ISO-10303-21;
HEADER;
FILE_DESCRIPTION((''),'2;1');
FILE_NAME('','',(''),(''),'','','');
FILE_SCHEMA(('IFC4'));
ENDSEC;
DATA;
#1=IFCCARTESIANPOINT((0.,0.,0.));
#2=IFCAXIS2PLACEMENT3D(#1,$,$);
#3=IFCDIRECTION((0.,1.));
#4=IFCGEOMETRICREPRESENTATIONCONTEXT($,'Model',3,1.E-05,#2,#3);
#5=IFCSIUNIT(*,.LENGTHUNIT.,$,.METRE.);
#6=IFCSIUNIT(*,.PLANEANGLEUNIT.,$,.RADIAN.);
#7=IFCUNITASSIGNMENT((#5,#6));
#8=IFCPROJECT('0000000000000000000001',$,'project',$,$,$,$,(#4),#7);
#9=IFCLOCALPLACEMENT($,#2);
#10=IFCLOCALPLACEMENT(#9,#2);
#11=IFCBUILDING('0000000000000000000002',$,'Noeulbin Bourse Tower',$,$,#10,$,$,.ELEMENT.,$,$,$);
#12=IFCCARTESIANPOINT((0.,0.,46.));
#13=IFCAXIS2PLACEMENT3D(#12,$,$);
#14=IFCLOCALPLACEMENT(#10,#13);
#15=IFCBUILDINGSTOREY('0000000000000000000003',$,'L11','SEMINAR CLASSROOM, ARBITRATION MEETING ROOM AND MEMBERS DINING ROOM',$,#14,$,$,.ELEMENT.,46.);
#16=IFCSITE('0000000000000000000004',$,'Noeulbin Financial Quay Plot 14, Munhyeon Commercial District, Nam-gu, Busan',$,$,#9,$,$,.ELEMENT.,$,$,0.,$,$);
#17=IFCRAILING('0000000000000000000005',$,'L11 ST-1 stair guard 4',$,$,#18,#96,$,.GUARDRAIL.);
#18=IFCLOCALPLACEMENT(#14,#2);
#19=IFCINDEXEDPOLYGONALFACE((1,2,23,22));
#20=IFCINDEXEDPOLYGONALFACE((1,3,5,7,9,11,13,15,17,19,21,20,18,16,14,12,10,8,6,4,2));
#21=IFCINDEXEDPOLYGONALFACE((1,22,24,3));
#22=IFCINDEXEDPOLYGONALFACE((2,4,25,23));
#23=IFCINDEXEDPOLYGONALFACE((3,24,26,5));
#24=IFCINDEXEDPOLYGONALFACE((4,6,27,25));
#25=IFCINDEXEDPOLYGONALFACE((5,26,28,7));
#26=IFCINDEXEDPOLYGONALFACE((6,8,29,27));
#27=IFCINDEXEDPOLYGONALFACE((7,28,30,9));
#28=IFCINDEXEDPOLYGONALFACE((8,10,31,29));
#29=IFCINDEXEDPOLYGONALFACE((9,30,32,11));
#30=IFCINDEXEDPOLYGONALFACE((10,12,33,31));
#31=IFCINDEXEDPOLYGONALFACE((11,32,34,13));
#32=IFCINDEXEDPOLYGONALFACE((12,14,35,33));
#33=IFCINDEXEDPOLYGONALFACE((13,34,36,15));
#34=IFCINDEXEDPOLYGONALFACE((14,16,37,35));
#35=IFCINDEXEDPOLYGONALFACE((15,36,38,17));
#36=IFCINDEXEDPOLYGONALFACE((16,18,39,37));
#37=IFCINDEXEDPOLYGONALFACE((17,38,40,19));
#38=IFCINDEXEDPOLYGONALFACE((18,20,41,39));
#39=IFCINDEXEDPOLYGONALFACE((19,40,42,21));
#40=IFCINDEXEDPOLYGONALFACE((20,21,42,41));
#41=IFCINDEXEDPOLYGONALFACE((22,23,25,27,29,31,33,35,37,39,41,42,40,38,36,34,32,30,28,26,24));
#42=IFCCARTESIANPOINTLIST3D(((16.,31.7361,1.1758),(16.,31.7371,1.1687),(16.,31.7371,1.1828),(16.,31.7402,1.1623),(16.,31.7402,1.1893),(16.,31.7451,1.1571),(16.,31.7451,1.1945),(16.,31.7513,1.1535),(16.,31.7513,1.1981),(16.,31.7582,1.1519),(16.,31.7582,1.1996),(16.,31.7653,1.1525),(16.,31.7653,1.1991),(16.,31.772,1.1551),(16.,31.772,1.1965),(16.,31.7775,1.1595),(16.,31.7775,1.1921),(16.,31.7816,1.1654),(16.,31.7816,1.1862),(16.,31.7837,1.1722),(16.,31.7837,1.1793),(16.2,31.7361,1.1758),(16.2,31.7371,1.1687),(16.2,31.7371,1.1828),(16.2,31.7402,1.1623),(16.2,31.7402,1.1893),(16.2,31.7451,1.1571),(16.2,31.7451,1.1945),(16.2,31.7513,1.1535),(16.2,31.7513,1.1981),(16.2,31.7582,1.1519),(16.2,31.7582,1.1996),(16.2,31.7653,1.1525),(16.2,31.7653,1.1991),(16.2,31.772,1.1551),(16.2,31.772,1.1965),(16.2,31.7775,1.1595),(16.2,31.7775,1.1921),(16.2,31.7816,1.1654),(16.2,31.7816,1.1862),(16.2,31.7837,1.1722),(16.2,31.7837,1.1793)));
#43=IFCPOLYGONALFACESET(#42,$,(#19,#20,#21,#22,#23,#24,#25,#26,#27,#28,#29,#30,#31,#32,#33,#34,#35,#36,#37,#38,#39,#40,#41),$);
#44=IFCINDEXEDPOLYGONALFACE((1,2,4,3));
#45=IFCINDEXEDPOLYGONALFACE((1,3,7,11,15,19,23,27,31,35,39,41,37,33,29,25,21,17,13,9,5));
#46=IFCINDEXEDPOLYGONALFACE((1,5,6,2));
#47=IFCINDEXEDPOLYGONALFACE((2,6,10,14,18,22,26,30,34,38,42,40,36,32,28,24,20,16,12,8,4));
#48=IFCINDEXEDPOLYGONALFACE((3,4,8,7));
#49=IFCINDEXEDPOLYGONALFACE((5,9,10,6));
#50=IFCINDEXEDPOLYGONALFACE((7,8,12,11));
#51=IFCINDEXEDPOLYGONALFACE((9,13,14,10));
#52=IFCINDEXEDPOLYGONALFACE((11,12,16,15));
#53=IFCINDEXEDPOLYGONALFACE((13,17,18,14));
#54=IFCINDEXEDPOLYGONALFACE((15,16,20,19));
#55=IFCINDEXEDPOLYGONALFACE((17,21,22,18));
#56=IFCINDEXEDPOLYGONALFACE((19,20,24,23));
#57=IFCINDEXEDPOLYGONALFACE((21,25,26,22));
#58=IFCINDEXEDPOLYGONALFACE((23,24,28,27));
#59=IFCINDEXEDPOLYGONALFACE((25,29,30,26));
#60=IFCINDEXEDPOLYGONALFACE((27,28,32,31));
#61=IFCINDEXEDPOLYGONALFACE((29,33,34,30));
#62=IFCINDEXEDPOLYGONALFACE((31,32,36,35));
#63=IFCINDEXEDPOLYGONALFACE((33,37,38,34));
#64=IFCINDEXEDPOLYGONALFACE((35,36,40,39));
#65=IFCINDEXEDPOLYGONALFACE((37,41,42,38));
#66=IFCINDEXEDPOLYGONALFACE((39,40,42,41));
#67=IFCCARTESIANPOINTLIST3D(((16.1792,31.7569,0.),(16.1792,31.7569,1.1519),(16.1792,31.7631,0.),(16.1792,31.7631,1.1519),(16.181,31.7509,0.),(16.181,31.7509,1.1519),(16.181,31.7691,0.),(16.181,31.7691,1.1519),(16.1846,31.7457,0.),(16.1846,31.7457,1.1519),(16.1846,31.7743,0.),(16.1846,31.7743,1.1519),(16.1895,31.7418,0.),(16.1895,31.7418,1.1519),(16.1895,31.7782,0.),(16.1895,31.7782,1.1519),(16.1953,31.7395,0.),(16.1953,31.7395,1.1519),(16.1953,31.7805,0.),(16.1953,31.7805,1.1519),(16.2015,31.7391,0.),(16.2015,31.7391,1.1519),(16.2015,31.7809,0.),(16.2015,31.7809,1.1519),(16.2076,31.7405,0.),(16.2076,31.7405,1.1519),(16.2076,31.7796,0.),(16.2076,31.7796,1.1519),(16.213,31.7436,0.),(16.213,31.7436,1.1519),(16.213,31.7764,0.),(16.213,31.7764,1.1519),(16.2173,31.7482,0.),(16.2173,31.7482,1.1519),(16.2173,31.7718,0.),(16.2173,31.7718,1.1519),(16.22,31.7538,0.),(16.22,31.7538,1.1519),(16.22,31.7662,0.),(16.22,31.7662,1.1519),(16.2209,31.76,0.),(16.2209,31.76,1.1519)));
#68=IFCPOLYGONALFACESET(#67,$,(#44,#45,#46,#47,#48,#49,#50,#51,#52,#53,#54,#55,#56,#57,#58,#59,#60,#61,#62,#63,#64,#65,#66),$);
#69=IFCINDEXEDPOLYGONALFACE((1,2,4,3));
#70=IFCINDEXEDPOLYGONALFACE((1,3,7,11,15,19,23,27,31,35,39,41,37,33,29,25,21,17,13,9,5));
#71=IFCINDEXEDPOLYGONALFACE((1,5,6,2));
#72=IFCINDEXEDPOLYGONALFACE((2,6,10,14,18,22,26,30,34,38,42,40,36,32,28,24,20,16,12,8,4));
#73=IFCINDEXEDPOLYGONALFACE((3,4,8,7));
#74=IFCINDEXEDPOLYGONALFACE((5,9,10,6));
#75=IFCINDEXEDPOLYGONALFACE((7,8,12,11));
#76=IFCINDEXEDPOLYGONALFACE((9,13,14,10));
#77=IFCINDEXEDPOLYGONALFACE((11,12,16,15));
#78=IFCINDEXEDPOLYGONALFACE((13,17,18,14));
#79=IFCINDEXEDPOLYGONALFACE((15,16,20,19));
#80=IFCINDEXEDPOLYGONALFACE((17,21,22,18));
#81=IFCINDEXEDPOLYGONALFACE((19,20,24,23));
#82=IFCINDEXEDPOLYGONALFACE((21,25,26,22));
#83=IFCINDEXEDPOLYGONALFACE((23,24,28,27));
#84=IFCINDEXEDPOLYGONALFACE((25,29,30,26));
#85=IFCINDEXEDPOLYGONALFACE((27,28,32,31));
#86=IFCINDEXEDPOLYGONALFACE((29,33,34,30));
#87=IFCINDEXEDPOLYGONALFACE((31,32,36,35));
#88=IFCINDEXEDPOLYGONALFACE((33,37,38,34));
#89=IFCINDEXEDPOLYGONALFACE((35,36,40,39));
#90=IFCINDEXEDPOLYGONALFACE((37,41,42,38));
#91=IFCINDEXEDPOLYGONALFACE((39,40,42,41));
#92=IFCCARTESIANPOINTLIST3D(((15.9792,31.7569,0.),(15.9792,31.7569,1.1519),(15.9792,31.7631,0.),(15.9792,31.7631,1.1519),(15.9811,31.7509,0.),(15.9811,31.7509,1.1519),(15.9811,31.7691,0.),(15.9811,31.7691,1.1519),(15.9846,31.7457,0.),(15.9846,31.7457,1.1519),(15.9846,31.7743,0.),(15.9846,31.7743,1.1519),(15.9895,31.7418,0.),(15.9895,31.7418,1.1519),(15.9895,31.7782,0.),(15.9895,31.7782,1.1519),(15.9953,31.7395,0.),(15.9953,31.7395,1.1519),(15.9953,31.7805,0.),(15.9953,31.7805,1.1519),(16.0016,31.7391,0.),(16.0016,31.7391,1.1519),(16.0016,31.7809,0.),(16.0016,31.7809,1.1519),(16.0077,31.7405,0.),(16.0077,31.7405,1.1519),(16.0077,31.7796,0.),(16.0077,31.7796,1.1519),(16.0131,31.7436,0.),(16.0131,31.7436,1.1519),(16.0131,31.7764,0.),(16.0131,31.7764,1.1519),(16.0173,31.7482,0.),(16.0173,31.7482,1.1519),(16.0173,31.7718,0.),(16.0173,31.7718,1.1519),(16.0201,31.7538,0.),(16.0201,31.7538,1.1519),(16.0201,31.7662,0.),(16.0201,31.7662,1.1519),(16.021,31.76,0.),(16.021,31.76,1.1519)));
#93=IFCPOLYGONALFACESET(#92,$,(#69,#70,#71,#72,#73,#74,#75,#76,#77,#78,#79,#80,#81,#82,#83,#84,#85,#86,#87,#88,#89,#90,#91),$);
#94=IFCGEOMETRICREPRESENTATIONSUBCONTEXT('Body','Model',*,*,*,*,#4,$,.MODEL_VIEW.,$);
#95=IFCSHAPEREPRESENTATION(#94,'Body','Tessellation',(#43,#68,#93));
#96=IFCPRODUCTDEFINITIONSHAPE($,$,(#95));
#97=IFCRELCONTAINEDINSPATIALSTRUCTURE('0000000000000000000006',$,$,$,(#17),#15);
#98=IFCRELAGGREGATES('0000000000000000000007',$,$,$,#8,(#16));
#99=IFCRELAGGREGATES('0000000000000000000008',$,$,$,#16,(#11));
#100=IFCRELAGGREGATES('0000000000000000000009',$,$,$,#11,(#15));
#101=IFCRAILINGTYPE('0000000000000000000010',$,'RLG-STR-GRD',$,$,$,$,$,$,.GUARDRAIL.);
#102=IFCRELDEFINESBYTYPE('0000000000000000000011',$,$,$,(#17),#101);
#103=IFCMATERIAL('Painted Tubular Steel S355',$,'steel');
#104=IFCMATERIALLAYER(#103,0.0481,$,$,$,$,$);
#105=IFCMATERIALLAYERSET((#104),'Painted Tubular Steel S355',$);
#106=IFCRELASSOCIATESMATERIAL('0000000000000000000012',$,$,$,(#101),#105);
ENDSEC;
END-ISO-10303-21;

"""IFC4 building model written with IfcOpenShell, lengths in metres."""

from ifc_helpers import new_model, si_unit, direction, frame, origin, origin_2d, place, context, subcontext, project, spatial, circle, extrude, material, layer, layer_set, type_object, element, save


model = new_model("IFC4")

# Units and contexts
model_context = context("Model", 3, precision=1e-05, world=origin(), true_north=direction((0.0, 1.0)))
body_context = subcontext(model_context, "Body", "Model", "MODEL_VIEW")
ifc_project = project(units=[si_unit("LENGTHUNIT", "METRE"), si_unit("PLANEANGLEUNIT", "RADIAN")], contexts=[model_context])

# Site, building, storey
site_placement = place(None, origin())
site = spatial("IfcSite", under=ifc_project, at=site_placement, Name="Noeulbin Financial Quay Plot 14, Munhyeon Commercial District, Nam-gu, Busan", CompositionType="ELEMENT", RefElevation=0.0)
building_placement = place(site_placement, origin())
building = spatial("IfcBuilding", under=site, at=building_placement, Name="Noeulbin Bourse Tower", CompositionType="ELEMENT")
storey_placement = place(building_placement, frame((0.0, 0.0, 46.0)))
storey = spatial("IfcBuildingStorey", under=building, at=storey_placement, Name="L11", Description="SEMINAR CLASSROOM, ARBITRATION MEETING ROOM AND MEMBERS DINING ROOM", CompositionType="ELEMENT", Elevation=46.0)

# Railing
ifc_material_1 = material(Name="Painted Tubular Steel S355", Category="steel")
ifc_layer_1 = layer(ifc_material_1, 0.0481)
ifc_layer_set_1 = layer_set([ifc_layer_1], Name="Painted Tubular Steel S355")
railing_type_1 = type_object("IfcRailingType", Name="RLG-STR-GRD", PredefinedType="GUARDRAIL", material=ifc_layer_set_1)
railing_1_placement = place(storey_placement, frame((16.2, 31.76, 0.0)))
element("IfcRailing", 1, at=railing_1_placement, inside=storey, type_object=railing_type_1, Name="L11 ST-1 stair guard 4", PredefinedType="GUARDRAIL", context=body_context, shape_type="SweptSolid", body=[
    extrude(circle(Radius=0.0239, at=origin_2d()), frame((0.0, 0.0, 1.1758), z_axis=(-1.0, 0.0, 0.0), x_axis=(0.0, -1.0, 0.0)), (0.0, 0.0, 1.0), 0.2),
    extrude(circle(Radius=0.021, at=origin_2d()), origin(), (0.0, 0.0, 1.0), 1.1519),
    extrude(circle(Radius=0.021, at=origin_2d()), frame((-0.2, 0.0, 0.0)), (0.0, 0.0, 1.0), 1.1519),
])

save(model, "model.ifc")
